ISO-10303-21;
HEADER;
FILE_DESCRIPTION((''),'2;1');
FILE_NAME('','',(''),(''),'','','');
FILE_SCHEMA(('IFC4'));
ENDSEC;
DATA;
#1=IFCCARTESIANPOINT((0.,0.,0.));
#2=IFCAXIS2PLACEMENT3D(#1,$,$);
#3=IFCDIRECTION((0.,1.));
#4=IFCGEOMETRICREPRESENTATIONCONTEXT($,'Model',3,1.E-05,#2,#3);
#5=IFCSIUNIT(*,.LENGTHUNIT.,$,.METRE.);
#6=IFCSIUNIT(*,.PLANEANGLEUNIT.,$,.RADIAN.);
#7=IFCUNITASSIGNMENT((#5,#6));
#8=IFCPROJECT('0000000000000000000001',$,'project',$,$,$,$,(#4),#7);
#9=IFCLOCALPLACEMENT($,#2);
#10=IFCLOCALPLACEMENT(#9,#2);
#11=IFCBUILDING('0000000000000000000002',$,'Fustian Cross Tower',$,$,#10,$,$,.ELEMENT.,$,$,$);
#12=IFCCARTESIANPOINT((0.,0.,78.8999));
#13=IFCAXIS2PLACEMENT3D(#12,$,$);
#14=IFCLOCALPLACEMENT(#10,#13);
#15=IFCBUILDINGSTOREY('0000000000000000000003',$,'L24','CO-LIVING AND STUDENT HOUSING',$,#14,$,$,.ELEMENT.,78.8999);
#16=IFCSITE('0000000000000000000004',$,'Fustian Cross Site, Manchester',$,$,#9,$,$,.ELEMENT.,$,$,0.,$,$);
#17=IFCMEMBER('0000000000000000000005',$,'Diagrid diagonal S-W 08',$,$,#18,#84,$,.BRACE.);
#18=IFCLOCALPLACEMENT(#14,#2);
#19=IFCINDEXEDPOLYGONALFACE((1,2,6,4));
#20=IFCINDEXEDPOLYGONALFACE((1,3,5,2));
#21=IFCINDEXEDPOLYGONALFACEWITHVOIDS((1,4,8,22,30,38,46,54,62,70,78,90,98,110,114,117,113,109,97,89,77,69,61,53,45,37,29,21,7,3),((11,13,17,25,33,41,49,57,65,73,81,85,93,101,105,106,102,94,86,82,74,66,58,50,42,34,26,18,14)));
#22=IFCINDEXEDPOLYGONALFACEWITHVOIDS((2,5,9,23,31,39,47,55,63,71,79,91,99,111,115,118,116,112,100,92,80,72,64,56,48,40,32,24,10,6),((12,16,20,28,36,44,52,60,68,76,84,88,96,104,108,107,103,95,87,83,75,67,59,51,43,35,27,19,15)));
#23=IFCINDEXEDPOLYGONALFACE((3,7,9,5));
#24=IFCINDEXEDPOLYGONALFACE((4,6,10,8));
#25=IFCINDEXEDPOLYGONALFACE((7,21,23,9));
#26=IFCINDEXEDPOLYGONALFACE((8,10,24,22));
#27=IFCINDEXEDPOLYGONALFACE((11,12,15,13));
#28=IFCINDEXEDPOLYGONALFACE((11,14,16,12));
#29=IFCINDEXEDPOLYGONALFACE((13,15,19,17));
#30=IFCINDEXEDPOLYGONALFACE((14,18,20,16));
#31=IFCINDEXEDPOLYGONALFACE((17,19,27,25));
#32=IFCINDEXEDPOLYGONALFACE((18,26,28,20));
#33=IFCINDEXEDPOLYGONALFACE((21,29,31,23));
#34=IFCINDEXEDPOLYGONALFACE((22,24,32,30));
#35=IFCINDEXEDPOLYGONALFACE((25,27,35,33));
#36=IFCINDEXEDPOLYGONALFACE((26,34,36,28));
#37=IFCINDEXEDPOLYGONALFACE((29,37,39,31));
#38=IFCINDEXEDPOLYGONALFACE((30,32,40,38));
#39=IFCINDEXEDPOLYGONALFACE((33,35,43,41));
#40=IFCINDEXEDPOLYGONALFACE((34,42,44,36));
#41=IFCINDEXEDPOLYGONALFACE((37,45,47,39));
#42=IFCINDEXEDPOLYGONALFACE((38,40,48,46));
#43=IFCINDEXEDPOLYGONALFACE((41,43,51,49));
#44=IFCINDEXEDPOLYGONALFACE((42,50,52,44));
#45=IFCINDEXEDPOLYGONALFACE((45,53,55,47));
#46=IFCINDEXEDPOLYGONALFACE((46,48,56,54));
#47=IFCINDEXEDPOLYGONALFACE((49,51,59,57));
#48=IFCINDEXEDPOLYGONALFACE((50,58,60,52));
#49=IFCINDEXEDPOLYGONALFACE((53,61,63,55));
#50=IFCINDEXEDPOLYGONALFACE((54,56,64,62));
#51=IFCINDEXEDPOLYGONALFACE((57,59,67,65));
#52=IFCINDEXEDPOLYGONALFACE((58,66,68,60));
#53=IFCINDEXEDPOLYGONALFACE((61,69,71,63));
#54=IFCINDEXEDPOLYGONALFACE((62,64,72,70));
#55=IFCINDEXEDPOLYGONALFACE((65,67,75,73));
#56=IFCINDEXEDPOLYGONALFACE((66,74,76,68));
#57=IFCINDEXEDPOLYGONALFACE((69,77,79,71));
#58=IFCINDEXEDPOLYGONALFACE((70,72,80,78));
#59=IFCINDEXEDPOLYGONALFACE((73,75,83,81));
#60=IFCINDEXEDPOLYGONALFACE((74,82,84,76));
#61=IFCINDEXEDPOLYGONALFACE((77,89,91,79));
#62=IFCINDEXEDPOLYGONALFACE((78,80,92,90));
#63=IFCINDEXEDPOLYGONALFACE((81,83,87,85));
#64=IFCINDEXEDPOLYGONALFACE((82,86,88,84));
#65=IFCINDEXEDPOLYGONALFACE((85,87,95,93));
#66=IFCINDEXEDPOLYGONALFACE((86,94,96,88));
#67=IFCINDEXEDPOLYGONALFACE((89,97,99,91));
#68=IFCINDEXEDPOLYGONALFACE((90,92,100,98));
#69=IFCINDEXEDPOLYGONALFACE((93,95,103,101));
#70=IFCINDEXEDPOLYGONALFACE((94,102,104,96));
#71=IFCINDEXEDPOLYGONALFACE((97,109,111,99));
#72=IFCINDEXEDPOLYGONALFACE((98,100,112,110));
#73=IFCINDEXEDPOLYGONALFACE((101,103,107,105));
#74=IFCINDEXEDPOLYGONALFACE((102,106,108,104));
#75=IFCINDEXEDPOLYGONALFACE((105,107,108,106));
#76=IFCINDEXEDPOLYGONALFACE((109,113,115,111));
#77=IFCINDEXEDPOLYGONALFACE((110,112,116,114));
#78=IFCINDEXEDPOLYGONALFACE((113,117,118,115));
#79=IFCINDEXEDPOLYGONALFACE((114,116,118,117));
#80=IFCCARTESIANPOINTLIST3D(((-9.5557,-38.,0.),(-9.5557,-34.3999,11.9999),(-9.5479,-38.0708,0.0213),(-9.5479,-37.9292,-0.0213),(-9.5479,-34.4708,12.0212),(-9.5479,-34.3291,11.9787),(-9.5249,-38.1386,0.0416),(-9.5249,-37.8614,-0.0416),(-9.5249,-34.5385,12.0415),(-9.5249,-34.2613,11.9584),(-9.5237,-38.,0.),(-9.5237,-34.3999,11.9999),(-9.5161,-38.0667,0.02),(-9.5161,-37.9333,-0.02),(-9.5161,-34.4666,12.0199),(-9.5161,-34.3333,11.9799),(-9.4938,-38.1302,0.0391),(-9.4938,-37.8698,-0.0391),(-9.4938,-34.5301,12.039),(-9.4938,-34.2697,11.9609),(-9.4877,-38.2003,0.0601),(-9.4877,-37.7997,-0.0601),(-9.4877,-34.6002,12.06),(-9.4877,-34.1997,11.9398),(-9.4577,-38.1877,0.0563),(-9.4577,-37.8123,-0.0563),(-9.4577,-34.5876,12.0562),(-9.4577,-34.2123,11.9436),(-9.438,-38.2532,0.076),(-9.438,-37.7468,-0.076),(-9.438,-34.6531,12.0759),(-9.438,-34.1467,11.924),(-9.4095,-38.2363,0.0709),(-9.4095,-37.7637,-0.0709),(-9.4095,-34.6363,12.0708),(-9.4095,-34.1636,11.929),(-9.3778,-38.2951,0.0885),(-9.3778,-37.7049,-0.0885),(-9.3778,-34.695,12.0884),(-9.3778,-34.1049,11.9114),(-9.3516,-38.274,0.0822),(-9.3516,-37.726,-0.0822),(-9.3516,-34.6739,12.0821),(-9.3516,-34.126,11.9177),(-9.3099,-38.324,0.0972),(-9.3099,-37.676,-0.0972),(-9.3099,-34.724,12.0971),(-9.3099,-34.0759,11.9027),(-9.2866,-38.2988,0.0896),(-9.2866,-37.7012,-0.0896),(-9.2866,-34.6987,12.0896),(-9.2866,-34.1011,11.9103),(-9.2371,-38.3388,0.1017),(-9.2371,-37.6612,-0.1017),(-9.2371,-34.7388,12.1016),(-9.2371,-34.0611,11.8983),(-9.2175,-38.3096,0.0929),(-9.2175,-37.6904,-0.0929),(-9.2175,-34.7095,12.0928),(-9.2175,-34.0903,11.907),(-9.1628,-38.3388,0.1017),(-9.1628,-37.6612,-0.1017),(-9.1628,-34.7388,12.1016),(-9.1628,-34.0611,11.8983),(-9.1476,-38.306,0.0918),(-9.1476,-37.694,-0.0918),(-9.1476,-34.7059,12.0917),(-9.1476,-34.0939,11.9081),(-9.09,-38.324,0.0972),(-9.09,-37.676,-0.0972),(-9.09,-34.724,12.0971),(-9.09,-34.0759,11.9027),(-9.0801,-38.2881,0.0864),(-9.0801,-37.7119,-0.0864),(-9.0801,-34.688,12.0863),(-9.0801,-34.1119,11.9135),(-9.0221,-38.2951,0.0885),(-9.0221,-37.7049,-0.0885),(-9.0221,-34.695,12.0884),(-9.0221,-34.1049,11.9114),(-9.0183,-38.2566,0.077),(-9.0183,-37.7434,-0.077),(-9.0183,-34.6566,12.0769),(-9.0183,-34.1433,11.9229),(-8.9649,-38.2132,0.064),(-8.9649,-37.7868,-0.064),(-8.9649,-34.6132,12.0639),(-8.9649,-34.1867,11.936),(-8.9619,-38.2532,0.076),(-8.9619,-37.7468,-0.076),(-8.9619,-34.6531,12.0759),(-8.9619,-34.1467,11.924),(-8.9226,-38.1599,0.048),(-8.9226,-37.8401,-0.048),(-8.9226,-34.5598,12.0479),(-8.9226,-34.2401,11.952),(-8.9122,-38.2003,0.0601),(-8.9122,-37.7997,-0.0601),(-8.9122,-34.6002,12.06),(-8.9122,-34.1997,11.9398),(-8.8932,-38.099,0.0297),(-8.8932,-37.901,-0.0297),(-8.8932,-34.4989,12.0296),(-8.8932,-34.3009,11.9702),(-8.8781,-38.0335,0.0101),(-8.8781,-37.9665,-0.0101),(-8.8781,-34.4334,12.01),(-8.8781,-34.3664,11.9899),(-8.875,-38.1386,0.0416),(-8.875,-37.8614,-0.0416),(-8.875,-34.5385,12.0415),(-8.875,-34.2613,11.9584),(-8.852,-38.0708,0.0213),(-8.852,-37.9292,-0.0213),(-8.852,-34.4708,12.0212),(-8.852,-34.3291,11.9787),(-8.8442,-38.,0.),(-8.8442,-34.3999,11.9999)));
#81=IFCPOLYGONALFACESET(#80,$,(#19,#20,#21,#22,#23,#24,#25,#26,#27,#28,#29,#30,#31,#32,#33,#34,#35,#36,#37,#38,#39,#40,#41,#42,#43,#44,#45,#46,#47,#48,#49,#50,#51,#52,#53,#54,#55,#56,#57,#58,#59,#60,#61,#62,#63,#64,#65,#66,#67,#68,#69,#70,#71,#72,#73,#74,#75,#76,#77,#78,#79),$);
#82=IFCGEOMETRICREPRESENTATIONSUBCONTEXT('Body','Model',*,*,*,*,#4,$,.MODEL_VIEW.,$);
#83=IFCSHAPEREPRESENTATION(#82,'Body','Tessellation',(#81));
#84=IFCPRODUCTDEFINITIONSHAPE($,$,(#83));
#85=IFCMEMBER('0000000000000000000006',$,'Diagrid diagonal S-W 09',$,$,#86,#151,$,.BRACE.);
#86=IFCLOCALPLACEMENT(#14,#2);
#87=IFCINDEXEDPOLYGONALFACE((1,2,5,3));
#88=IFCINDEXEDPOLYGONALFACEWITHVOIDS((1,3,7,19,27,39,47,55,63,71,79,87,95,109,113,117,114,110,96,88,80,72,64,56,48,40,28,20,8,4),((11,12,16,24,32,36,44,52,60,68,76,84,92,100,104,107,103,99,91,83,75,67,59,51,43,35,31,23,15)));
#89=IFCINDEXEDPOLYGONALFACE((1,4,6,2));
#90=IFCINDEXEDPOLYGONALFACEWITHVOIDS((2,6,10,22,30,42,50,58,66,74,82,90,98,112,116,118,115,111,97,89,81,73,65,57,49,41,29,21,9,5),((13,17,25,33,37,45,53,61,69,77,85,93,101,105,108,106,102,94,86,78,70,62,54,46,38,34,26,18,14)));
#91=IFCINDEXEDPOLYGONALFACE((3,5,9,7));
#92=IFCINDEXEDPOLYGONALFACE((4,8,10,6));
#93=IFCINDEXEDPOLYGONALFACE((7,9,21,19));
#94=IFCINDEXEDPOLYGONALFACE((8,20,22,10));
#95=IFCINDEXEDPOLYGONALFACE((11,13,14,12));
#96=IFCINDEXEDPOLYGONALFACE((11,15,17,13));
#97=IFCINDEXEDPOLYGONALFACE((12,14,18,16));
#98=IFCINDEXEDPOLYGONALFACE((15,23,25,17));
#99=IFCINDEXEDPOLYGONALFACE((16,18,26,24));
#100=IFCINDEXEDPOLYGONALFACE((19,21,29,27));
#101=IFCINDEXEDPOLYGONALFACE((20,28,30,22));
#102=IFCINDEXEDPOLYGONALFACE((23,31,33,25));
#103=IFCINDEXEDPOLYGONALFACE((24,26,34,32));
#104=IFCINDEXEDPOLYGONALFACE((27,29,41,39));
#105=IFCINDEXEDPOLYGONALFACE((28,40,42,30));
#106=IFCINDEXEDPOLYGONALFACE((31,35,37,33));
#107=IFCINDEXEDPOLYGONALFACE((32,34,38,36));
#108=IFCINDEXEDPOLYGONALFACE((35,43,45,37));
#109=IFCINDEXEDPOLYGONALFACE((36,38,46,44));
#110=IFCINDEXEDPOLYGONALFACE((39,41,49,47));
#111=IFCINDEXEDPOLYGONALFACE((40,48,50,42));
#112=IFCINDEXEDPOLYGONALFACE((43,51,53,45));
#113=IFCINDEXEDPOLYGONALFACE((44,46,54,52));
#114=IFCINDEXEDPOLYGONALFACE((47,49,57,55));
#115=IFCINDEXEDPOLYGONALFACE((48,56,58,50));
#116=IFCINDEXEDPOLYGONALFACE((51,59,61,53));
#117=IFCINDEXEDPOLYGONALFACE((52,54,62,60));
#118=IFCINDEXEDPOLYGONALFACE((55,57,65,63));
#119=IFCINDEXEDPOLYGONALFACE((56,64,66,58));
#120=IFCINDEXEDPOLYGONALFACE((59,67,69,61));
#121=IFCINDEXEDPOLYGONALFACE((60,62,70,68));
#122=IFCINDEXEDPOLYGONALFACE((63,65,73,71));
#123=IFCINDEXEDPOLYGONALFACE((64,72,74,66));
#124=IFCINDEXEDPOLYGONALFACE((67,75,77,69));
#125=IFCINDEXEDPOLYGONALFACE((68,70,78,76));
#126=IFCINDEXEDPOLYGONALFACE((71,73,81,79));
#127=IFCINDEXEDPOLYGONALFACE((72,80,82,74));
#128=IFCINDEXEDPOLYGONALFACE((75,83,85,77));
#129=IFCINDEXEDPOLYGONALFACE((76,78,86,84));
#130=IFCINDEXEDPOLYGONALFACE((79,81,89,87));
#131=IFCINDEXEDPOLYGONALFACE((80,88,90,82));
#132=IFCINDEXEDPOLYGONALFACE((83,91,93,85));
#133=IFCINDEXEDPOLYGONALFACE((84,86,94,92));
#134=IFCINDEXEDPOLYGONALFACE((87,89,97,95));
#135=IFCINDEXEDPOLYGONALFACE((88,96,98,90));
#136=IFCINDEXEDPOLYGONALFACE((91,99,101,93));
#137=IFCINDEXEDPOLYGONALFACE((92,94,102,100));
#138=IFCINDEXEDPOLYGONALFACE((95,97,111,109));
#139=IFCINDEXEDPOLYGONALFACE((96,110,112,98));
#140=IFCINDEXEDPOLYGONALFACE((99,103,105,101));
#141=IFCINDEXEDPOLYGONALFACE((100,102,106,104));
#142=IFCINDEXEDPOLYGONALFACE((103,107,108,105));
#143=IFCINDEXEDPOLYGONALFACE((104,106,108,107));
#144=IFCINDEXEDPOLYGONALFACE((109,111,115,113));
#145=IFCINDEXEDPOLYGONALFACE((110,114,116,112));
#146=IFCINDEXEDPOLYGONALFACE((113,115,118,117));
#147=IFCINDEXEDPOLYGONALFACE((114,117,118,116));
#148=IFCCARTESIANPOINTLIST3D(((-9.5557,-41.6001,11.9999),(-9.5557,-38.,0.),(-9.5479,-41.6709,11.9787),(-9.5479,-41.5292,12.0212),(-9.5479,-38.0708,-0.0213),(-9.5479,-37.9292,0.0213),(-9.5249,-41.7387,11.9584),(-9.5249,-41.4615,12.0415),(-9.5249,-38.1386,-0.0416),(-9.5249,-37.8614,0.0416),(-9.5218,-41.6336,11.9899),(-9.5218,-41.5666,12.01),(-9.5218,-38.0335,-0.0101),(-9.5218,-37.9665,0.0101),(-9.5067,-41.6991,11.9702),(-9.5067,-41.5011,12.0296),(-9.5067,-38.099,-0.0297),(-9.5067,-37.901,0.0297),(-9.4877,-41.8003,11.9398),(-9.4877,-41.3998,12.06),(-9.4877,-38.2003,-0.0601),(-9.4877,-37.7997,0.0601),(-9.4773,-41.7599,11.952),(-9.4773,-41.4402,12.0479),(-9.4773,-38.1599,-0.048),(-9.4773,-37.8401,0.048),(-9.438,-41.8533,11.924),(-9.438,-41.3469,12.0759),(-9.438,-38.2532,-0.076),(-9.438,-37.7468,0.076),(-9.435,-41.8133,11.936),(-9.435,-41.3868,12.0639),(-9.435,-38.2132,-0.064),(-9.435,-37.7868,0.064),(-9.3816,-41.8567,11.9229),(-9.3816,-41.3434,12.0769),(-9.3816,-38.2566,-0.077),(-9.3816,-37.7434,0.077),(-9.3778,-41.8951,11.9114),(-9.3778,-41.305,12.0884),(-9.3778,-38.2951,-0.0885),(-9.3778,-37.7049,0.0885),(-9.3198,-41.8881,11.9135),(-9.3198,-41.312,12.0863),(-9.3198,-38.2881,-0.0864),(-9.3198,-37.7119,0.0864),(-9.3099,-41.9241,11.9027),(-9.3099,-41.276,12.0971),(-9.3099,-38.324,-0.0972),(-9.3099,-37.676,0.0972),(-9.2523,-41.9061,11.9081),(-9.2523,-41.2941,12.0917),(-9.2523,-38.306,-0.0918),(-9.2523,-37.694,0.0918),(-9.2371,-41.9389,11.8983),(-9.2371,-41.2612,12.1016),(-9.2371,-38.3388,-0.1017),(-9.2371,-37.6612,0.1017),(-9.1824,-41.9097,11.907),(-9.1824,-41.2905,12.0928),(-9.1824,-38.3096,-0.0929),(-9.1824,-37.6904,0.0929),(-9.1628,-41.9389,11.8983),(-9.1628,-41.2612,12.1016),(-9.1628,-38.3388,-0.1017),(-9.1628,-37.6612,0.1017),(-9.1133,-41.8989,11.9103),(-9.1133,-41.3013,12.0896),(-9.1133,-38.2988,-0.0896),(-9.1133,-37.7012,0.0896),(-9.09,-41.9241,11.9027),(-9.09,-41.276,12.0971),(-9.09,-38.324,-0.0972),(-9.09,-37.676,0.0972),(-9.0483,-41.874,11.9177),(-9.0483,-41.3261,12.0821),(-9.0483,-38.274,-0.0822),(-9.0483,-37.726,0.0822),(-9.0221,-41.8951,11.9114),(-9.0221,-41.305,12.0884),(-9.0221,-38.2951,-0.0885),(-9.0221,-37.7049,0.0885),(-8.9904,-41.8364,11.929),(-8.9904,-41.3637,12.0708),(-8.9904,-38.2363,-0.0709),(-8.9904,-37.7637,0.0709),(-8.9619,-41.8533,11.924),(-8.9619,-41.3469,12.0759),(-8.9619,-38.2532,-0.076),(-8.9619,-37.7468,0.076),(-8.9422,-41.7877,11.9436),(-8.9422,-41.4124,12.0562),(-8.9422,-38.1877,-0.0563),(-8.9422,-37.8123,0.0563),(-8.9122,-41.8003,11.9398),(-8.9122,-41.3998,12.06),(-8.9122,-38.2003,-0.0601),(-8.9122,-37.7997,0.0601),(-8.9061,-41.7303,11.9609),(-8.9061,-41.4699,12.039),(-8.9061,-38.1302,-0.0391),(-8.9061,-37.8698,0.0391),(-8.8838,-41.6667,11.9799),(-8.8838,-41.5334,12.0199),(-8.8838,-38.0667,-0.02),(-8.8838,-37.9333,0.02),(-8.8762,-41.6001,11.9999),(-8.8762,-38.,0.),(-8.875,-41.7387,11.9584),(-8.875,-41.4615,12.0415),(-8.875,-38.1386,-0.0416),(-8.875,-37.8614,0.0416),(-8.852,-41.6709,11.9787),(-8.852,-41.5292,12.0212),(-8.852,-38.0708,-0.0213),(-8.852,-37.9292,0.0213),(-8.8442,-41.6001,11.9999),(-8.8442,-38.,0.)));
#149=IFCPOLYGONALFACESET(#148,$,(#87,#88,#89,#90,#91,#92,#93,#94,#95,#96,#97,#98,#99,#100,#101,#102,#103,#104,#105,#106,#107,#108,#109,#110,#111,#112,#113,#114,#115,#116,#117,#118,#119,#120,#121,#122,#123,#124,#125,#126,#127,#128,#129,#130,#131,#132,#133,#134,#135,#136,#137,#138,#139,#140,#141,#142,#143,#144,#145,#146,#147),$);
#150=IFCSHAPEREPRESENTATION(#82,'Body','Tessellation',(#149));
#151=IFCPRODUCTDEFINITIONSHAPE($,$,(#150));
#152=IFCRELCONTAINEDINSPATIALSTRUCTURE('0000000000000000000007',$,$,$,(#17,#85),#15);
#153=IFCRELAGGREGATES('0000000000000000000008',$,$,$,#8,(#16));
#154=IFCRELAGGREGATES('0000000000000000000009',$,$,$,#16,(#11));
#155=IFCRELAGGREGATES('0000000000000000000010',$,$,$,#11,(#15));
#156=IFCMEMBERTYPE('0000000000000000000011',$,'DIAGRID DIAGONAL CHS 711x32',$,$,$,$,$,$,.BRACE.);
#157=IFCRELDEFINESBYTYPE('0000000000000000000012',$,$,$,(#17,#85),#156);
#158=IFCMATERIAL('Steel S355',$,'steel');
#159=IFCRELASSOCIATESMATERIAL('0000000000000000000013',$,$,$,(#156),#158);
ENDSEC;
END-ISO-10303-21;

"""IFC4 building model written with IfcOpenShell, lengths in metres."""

from ifc_helpers import new_model, si_unit, direction, frame, origin, origin_2d, place, context, subcontext, project, spatial, hollow_circle, extrude, material, material_profile, profile_set, type_object, element, save


model = new_model("IFC4")

# Units and contexts
model_context = context("Model", 3, precision=1e-05, world=origin(), true_north=direction((0.0, 1.0)))
body_context = subcontext(model_context, "Body", "Model", "MODEL_VIEW")
ifc_project = project(units=[si_unit("LENGTHUNIT", "METRE"), si_unit("PLANEANGLEUNIT", "RADIAN")], contexts=[model_context])

# Site, building, storey
site_placement = place(None, origin())
site = spatial("IfcSite", under=ifc_project, at=site_placement, Name="Fustian Cross Site, Manchester", CompositionType="ELEMENT", RefElevation=0.0)
building_placement = place(site_placement, origin())
building = spatial("IfcBuilding", under=site, at=building_placement, Name="Fustian Cross Tower", CompositionType="ELEMENT")
storey_placement = place(building_placement, frame((0.0, 0.0, 78.8999)))
storey = spatial("IfcBuildingStorey", under=building, at=storey_placement, Name="L24", Description="CO-LIVING AND STUDENT HOUSING", CompositionType="ELEMENT", Elevation=78.8999)

# Members
ifc_material_1 = material(Name="Steel S355", Category="steel")
ifc_material_profile_1 = material_profile(ifc_material_1, hollow_circle(Radius=0.3557, WallThickness=0.032, at=origin_2d()), Name="CHS 711x32")
ifc_profile_set_1 = profile_set([ifc_material_profile_1], Name="Steel S355")
member_type_1 = type_object("IfcMemberType", Name="DIAGRID DIAGONAL CHS 711x32", PredefinedType="BRACE", material=ifc_profile_set_1)
for number, where, z_axis, x_axis, name in (
    (1, (-9.2, -38.0, 0.0), (0.0, 0.287355, 0.957824), (-1.0, 0.0, 0.0), "Diagrid diagonal S-W 08"),
    (2, (-9.2, -38.0, 0.0), (0.0, -0.287355, 0.957824), (1.0, 0.0, 0.0), "Diagrid diagonal S-W 09"),
):
    element("IfcMember", number, at=place(storey_placement, frame(where, z_axis=z_axis, x_axis=x_axis)), inside=storey, type_object=member_type_1, Name=name, PredefinedType="BRACE", context=body_context, shape_type="SweptSolid", body=[
        extrude(hollow_circle(Radius=0.3557, WallThickness=0.032, at=origin_2d()), origin(), (0.0, 0.0, 1.0), 12.5283),
    ])

save(model, "model.ifc")
